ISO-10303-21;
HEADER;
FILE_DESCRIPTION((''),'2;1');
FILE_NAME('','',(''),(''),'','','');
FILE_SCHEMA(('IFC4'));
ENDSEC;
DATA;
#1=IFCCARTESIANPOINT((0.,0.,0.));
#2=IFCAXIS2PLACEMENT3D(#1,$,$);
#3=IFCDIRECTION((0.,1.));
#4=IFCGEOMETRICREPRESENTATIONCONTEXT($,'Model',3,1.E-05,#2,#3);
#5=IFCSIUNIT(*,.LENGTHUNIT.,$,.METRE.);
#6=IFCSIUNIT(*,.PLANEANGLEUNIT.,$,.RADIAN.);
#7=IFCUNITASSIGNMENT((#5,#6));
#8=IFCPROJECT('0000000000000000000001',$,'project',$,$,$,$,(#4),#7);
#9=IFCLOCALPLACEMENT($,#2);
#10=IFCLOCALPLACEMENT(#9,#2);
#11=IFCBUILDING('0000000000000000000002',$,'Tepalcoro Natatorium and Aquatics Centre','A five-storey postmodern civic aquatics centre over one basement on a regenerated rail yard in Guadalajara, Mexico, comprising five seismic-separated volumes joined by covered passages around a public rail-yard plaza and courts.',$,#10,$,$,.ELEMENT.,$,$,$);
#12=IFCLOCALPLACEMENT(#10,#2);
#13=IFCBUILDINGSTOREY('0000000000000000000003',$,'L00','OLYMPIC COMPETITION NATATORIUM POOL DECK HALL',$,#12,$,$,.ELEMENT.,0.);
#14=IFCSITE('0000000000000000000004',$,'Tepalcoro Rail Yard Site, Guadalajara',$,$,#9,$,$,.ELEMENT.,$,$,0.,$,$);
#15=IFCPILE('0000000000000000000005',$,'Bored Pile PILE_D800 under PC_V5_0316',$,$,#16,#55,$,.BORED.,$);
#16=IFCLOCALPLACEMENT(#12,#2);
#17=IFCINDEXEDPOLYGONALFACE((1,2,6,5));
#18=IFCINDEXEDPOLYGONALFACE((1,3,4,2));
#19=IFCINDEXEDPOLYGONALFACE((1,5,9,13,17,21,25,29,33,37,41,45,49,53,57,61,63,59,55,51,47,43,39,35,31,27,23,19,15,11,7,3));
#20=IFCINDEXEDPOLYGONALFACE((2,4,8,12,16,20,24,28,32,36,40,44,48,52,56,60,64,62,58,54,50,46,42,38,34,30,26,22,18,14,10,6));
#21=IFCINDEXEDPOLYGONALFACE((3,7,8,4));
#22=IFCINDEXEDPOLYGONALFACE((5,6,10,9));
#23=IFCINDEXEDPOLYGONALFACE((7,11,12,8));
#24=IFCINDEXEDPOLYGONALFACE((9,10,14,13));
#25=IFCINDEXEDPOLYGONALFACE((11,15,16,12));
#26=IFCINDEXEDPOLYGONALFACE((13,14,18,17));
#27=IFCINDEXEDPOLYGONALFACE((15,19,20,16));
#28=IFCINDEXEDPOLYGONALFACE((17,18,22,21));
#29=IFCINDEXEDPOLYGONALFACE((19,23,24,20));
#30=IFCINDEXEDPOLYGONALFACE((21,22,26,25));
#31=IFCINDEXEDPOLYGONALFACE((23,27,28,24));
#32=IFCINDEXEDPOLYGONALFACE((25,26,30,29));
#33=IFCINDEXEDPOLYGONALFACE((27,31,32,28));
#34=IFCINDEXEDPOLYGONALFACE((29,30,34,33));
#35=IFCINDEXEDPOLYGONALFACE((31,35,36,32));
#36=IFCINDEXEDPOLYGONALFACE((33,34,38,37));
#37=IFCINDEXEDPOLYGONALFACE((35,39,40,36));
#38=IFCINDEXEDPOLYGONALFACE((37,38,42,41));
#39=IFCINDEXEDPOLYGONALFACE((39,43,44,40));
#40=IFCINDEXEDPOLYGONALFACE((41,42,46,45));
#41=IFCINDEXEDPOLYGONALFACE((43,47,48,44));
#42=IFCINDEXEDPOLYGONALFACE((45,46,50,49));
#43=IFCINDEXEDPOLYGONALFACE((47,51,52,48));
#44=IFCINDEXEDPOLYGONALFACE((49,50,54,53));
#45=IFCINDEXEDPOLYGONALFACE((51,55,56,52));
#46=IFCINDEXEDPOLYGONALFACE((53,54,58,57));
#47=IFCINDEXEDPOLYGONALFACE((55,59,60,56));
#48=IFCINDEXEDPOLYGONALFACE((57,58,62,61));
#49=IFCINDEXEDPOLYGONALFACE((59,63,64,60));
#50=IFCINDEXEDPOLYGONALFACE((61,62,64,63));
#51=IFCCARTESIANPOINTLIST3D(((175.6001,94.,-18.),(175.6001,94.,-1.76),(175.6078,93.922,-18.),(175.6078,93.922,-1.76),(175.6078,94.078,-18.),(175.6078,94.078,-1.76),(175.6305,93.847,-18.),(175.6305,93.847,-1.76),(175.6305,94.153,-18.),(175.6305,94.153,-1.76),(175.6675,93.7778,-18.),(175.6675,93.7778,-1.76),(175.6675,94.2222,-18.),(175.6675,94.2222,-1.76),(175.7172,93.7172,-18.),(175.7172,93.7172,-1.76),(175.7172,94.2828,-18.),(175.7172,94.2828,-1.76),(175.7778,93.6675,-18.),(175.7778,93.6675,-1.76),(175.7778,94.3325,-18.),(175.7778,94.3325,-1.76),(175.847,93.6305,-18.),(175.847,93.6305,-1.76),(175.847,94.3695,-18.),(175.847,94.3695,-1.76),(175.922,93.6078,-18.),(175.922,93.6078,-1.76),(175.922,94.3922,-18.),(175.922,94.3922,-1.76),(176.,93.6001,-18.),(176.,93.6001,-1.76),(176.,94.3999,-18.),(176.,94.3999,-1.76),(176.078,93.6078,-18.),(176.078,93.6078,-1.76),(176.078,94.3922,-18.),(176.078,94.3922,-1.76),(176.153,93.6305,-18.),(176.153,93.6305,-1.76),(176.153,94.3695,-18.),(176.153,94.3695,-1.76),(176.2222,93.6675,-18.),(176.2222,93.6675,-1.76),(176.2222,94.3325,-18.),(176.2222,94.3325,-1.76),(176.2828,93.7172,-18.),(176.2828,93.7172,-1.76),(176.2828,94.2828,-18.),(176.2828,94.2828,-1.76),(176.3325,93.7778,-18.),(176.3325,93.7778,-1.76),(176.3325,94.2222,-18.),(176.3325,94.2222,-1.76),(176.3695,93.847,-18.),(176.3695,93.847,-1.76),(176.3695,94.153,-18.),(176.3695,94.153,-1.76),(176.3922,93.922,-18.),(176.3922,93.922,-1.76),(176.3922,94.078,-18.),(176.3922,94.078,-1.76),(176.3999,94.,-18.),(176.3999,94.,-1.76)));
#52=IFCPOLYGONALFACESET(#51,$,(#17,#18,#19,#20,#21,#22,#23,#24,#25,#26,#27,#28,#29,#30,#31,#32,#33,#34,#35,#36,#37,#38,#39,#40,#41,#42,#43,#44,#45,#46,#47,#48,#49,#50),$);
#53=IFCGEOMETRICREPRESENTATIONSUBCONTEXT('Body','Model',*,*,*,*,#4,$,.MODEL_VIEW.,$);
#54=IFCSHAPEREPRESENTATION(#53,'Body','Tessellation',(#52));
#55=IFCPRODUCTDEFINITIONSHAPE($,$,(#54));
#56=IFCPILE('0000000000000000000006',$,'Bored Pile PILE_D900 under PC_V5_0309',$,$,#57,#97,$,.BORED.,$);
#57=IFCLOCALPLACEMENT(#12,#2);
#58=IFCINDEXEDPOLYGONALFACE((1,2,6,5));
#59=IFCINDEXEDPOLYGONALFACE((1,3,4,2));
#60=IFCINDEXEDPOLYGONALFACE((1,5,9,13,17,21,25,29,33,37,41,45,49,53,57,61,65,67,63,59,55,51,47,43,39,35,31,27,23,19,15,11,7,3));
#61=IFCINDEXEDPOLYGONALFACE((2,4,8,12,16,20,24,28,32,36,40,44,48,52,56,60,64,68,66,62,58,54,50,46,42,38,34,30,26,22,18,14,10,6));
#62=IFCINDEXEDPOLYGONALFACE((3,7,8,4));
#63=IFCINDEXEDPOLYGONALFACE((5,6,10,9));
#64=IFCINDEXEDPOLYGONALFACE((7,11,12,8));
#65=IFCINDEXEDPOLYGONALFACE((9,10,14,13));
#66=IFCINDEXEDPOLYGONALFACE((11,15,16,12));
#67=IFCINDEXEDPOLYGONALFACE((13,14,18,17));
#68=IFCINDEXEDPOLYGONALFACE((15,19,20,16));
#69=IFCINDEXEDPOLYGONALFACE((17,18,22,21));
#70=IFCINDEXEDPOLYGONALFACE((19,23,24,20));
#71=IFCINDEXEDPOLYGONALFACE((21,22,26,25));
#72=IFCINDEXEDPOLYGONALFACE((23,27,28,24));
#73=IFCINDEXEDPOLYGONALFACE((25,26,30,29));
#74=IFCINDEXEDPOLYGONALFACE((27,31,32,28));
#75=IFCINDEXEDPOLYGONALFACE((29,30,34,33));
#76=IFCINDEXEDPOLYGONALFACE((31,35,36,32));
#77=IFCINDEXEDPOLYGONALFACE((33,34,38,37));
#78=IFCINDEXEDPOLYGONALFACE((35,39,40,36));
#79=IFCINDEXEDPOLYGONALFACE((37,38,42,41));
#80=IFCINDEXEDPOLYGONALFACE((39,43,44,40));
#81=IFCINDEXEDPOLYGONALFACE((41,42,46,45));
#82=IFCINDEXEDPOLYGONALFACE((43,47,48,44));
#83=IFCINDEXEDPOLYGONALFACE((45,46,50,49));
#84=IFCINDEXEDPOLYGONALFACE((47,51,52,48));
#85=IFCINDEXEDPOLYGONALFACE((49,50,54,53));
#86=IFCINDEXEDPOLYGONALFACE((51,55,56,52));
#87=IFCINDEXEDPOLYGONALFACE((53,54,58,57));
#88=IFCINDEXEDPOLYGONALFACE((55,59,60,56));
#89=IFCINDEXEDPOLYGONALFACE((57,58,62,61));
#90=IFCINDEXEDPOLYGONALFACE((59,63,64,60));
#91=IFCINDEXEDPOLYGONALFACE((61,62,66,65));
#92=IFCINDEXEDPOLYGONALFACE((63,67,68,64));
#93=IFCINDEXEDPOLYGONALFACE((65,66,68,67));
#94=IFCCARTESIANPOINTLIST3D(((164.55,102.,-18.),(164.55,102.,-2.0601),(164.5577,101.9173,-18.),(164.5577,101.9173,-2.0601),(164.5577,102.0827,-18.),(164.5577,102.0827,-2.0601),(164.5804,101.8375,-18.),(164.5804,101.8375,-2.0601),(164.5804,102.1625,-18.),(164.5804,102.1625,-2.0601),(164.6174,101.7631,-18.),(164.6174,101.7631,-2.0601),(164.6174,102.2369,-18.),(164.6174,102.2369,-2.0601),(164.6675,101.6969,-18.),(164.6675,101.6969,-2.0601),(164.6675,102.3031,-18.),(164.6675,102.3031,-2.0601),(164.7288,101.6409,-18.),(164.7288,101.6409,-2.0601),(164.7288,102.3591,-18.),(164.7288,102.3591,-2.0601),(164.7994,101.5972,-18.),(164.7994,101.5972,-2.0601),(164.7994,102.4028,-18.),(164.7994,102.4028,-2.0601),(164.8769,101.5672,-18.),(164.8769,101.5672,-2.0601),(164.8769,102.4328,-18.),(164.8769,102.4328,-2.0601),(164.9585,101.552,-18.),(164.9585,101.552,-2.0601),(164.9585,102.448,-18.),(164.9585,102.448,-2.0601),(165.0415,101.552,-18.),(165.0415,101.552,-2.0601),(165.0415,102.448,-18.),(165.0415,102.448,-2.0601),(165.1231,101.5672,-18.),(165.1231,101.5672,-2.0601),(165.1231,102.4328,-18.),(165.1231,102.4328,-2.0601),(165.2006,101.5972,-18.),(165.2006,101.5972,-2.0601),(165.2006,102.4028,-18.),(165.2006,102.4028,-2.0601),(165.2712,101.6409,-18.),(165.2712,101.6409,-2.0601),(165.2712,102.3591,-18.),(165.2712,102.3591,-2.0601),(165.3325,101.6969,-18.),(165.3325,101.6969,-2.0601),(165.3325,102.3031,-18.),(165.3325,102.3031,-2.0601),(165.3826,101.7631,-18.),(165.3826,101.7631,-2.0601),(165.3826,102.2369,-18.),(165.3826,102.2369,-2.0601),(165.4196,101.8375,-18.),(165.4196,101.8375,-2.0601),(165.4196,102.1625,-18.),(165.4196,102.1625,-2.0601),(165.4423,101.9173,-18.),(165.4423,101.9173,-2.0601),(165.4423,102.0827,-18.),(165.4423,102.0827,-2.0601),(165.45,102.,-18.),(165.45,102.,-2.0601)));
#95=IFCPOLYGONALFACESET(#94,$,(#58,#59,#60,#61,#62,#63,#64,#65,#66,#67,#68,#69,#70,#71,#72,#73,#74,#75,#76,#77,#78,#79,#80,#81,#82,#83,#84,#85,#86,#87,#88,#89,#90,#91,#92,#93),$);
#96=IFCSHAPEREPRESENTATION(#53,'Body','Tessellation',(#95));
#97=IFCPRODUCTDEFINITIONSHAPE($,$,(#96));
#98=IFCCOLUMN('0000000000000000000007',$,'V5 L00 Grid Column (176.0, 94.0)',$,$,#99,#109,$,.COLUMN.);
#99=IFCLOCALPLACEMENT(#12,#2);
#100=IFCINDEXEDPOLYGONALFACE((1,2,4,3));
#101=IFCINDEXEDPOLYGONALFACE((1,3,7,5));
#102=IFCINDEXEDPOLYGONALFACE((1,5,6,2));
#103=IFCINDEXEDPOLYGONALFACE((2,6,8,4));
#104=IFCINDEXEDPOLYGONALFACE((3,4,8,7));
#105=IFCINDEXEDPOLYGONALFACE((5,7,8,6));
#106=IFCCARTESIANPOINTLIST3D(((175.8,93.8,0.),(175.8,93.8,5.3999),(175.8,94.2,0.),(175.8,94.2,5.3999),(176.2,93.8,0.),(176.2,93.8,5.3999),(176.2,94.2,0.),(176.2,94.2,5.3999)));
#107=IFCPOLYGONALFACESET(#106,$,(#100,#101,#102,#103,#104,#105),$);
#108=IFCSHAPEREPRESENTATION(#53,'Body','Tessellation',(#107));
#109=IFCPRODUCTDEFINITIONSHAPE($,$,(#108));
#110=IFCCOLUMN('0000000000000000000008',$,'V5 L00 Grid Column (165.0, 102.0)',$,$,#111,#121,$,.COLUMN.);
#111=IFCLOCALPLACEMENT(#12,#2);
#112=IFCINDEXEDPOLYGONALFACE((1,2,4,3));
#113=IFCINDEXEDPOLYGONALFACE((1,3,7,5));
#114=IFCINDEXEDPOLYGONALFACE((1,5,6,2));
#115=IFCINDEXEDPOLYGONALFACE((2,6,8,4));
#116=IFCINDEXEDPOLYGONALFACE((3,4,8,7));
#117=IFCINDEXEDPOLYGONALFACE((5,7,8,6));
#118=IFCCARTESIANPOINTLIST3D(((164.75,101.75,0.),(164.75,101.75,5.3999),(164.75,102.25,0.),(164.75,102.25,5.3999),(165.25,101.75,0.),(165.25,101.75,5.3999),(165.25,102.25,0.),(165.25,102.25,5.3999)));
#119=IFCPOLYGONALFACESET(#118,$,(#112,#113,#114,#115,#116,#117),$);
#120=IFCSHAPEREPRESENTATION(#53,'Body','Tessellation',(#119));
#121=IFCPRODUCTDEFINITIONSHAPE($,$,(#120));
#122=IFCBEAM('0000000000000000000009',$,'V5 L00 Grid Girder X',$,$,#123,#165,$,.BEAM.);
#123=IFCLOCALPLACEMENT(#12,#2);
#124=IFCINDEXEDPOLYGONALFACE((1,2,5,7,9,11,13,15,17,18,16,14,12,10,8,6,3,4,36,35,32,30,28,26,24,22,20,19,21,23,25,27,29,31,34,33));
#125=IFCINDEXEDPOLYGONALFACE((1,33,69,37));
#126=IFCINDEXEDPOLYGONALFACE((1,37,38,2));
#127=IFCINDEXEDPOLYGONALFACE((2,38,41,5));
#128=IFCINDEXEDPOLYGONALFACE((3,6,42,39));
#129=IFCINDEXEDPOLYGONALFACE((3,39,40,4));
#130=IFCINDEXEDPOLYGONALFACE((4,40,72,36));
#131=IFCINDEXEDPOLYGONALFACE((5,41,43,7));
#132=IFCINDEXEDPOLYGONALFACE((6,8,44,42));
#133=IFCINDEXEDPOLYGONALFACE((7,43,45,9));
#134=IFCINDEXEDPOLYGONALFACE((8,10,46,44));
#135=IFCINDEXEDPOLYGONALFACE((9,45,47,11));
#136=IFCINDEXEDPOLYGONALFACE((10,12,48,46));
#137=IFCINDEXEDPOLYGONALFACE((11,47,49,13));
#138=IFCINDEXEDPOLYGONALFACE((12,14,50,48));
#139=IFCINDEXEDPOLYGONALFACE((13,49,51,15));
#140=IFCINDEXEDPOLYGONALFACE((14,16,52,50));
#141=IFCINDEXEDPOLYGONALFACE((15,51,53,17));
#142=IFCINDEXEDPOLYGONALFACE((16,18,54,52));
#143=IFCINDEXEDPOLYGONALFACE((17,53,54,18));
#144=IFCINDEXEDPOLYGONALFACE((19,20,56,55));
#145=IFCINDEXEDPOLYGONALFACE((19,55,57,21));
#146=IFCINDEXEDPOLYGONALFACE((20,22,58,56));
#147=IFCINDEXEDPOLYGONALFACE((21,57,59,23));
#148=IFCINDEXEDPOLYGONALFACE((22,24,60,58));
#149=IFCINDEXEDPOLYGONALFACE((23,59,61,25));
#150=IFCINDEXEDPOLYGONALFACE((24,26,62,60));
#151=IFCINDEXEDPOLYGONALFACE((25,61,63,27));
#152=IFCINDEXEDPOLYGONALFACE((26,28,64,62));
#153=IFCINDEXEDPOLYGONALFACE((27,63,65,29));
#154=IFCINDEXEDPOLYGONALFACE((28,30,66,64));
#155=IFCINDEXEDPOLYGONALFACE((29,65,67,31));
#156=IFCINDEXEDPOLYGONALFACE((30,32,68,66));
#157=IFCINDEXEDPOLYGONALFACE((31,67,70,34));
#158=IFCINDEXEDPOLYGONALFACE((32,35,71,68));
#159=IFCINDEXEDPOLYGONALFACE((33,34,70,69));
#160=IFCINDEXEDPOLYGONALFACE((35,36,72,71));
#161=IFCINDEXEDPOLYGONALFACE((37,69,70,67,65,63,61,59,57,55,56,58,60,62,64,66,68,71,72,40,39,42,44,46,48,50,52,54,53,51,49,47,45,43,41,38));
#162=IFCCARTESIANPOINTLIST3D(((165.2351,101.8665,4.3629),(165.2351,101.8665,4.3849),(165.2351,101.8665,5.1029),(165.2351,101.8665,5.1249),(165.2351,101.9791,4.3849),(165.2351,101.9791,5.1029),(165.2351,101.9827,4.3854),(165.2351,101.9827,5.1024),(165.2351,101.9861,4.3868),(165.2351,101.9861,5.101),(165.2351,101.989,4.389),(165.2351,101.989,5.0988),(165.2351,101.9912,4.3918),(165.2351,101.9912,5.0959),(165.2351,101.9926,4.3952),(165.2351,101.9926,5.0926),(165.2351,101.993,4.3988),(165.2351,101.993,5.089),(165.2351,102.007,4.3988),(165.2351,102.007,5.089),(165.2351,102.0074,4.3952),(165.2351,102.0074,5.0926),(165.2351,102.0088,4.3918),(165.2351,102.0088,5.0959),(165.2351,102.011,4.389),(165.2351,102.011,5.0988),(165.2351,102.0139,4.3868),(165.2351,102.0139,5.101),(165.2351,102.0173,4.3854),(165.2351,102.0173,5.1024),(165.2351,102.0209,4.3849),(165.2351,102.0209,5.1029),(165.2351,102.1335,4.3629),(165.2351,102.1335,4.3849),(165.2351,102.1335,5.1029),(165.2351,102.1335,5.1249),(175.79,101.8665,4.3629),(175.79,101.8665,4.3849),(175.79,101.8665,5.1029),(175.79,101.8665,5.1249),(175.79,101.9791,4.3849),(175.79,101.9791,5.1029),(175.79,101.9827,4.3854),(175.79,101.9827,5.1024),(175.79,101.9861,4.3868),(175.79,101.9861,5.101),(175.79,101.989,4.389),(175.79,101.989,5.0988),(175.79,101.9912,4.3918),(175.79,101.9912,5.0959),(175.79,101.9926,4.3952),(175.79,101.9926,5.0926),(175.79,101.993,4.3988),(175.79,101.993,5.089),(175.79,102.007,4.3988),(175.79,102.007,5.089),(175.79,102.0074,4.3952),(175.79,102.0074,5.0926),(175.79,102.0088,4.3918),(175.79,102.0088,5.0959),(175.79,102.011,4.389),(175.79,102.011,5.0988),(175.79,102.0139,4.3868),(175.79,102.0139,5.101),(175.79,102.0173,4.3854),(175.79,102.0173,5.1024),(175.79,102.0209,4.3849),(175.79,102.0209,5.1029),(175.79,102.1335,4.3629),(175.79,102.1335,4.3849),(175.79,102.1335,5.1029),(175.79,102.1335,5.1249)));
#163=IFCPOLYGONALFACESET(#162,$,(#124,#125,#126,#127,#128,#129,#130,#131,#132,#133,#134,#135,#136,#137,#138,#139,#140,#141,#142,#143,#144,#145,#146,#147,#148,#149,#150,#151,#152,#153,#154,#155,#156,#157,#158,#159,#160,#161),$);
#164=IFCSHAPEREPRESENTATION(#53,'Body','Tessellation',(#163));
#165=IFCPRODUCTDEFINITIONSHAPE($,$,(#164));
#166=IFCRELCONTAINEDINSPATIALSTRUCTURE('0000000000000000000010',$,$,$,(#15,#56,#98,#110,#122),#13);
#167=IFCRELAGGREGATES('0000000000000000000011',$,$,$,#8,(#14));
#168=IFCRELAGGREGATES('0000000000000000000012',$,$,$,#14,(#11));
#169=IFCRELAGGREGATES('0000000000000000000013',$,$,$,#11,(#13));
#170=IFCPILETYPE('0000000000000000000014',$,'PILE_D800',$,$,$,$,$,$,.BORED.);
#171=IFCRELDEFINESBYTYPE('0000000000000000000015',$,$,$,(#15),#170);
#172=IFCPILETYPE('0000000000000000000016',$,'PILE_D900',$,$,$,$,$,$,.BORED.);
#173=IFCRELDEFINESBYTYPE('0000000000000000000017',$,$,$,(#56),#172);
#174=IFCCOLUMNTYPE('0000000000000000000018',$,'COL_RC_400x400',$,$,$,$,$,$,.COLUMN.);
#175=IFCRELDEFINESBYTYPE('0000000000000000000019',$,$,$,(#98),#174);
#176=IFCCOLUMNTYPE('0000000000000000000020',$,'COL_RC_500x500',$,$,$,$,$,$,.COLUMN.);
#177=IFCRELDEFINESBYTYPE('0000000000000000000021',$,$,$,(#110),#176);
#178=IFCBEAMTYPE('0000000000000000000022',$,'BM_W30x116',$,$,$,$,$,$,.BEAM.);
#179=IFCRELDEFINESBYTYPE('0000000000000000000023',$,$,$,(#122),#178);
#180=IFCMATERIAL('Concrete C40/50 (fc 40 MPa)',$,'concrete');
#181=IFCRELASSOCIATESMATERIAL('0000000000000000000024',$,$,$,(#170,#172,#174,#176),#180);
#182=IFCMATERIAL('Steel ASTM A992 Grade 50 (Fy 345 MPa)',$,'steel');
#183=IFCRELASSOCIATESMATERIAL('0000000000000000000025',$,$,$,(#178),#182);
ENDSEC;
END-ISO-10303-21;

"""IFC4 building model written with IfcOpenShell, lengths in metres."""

from ifc_helpers import new_model, si_unit, direction, frame, origin, origin_2d, place, context, subcontext, project, spatial, rectangle, circle, i_section, extrude, material, material_profile, profile_set, type_object, element, save


model = new_model("IFC4")

# Units and contexts
model_context = context("Model", 3, precision=1e-05, world=origin(), true_north=direction((0.0, 1.0)))
body_context = subcontext(model_context, "Body", "Model", "MODEL_VIEW")
ifc_project = project(units=[si_unit("LENGTHUNIT", "METRE"), si_unit("PLANEANGLEUNIT", "RADIAN")], contexts=[model_context])

# Site, building, storey
site_placement = place(None, origin())
site = spatial("IfcSite", under=ifc_project, at=site_placement, Name="Tepalcoro Rail Yard Site, Guadalajara", CompositionType="ELEMENT", RefElevation=0.0)
building_placement = place(site_placement, origin())
building = spatial("IfcBuilding", under=site, at=building_placement, Name="Tepalcoro Natatorium and Aquatics Centre", Description="A five-storey postmodern civic aquatics centre over one basement on a regenerated rail yard in Guadalajara, Mexico, comprising five seismic-separated volumes joined by covered passages around a public rail-yard plaza and courts.", CompositionType="ELEMENT")
storey_placement = place(building_placement, origin())
storey = spatial("IfcBuildingStorey", under=building, at=storey_placement, Name="L00", Description="OLYMPIC COMPETITION NATATORIUM POOL DECK HALL", CompositionType="ELEMENT", Elevation=0.0)

# Piles
ifc_material_1 = material(Name="Concrete C40/50 (fc 40 MPa)", Category="concrete")
ifc_material_profile_1 = material_profile(ifc_material_1, circle(Radius=0.3999, at=origin_2d()), Name="PILE_D800")
ifc_profile_set_1 = profile_set([ifc_material_profile_1], Name="Concrete C40/50 (fc 40 MPa)")
pile_type_1 = type_object("IfcPileType", Name="PILE_D800", PredefinedType="BORED", material=ifc_profile_set_1)
pile_1_placement = place(storey_placement, frame((176.0, 94.0, -1.76), z_axis=(0.0, 0.0, -1.0), x_axis=(1.0, 0.0, 0.0)))
element("IfcPile", 1, at=pile_1_placement, inside=storey, type_object=pile_type_1, Name="Bored Pile PILE_D800 under PC_V5_0316", PredefinedType="BORED", context=body_context, shape_type="SweptSolid", body=[
    extrude(circle(Radius=0.3999, at=origin_2d()), origin(), (0.0, 0.0, 1.0), 16.24),
])
ifc_material_profile_2 = material_profile(ifc_material_1, circle(Radius=0.45, at=origin_2d()), Name="PILE_D900")
ifc_profile_set_2 = profile_set([ifc_material_profile_2], Name="Concrete C40/50 (fc 40 MPa)")
pile_type_2 = type_object("IfcPileType", Name="PILE_D900", PredefinedType="BORED", material=ifc_profile_set_2)
pile_2_placement = place(storey_placement, frame((165.0, 102.0, -2.0601), z_axis=(0.0, 0.0, -1.0), x_axis=(1.0, 0.0, 0.0)))
element("IfcPile", 2, at=pile_2_placement, inside=storey, type_object=pile_type_2, Name="Bored Pile PILE_D900 under PC_V5_0309", PredefinedType="BORED", context=body_context, shape_type="SweptSolid", body=[
    extrude(circle(Radius=0.45, at=origin_2d()), origin(), (0.0, 0.0, 1.0), 15.9399),
])

# Columns
ifc_material_profile_3 = material_profile(ifc_material_1, rectangle(XDim=0.3999, YDim=0.3999, at=origin_2d()), Name="RC400x400")
ifc_profile_set_3 = profile_set([ifc_material_profile_3], Name="Concrete C40/50 (fc 40 MPa)")
column_type_1 = type_object("IfcColumnType", Name="COL_RC_400x400", PredefinedType="COLUMN", material=ifc_profile_set_3)
column_1_placement = place(storey_placement, frame((176.0, 94.0, 0.0), z_axis=(0.0, 0.0, 1.0), x_axis=(1.0, 0.0, 0.0)))
element("IfcColumn", 3, at=column_1_placement, inside=storey, type_object=column_type_1, Name="V5 L00 Grid Column (176.0, 94.0)", PredefinedType="COLUMN", context=body_context, shape_type="SweptSolid", body=[
    extrude(rectangle(XDim=0.3999, YDim=0.3999, at=origin_2d()), origin(), (0.0, 0.0, 1.0), 5.3999),
])
ifc_material_profile_4 = material_profile(ifc_material_1, rectangle(XDim=0.5, YDim=0.5, at=origin_2d()), Name="RC500x500")
ifc_profile_set_4 = profile_set([ifc_material_profile_4], Name="Concrete C40/50 (fc 40 MPa)")
column_type_2 = type_object("IfcColumnType", Name="COL_RC_500x500", PredefinedType="COLUMN", material=ifc_profile_set_4)
column_2_placement = place(storey_placement, frame((165.0, 102.0, 0.0), z_axis=(0.0, 0.0, 1.0), x_axis=(1.0, 0.0, 0.0)))
element("IfcColumn", 4, at=column_2_placement, inside=storey, type_object=column_type_2, Name="V5 L00 Grid Column (165.0, 102.0)", PredefinedType="COLUMN", context=body_context, shape_type="SweptSolid", body=[
    extrude(rectangle(XDim=0.5, YDim=0.5, at=origin_2d()), origin(), (0.0, 0.0, 1.0), 5.3999),
])

# Beam
ifc_material_2 = material(Name="Steel ASTM A992 Grade 50 (Fy 345 MPa)", Category="steel")
ifc_material_profile_5 = material_profile(ifc_material_2, i_section(OverallWidth=0.2671, OverallDepth=0.762, WebThickness=0.0139, FlangeThickness=0.022, FilletRadius=0.0139, at=origin_2d()), Name="W30X116")
ifc_profile_set_5 = profile_set([ifc_material_profile_5], Name="Steel ASTM A992 Grade 50 (Fy 345 MPa)")
beam_type_1 = type_object("IfcBeamType", Name="BM_W30x116", PredefinedType="BEAM", material=ifc_profile_set_5)
beam_1_placement = place(storey_placement, frame((165.2351, 102.0, 4.7439), z_axis=(1.0, 0.0, 0.0), x_axis=(0.0, 1.0, 0.0)))
element("IfcBeam", 5, at=beam_1_placement, inside=storey, type_object=beam_type_1, Name="V5 L00 Grid Girder X", PredefinedType="BEAM", context=body_context, shape_type="SweptSolid", body=[
    extrude(i_section(OverallWidth=0.2671, OverallDepth=0.762, WebThickness=0.0139, FlangeThickness=0.022, FilletRadius=0.0139, at=origin_2d()), origin(), (0.0, 0.0, 1.0), 10.5549),
])

save(model, "model.ifc")
